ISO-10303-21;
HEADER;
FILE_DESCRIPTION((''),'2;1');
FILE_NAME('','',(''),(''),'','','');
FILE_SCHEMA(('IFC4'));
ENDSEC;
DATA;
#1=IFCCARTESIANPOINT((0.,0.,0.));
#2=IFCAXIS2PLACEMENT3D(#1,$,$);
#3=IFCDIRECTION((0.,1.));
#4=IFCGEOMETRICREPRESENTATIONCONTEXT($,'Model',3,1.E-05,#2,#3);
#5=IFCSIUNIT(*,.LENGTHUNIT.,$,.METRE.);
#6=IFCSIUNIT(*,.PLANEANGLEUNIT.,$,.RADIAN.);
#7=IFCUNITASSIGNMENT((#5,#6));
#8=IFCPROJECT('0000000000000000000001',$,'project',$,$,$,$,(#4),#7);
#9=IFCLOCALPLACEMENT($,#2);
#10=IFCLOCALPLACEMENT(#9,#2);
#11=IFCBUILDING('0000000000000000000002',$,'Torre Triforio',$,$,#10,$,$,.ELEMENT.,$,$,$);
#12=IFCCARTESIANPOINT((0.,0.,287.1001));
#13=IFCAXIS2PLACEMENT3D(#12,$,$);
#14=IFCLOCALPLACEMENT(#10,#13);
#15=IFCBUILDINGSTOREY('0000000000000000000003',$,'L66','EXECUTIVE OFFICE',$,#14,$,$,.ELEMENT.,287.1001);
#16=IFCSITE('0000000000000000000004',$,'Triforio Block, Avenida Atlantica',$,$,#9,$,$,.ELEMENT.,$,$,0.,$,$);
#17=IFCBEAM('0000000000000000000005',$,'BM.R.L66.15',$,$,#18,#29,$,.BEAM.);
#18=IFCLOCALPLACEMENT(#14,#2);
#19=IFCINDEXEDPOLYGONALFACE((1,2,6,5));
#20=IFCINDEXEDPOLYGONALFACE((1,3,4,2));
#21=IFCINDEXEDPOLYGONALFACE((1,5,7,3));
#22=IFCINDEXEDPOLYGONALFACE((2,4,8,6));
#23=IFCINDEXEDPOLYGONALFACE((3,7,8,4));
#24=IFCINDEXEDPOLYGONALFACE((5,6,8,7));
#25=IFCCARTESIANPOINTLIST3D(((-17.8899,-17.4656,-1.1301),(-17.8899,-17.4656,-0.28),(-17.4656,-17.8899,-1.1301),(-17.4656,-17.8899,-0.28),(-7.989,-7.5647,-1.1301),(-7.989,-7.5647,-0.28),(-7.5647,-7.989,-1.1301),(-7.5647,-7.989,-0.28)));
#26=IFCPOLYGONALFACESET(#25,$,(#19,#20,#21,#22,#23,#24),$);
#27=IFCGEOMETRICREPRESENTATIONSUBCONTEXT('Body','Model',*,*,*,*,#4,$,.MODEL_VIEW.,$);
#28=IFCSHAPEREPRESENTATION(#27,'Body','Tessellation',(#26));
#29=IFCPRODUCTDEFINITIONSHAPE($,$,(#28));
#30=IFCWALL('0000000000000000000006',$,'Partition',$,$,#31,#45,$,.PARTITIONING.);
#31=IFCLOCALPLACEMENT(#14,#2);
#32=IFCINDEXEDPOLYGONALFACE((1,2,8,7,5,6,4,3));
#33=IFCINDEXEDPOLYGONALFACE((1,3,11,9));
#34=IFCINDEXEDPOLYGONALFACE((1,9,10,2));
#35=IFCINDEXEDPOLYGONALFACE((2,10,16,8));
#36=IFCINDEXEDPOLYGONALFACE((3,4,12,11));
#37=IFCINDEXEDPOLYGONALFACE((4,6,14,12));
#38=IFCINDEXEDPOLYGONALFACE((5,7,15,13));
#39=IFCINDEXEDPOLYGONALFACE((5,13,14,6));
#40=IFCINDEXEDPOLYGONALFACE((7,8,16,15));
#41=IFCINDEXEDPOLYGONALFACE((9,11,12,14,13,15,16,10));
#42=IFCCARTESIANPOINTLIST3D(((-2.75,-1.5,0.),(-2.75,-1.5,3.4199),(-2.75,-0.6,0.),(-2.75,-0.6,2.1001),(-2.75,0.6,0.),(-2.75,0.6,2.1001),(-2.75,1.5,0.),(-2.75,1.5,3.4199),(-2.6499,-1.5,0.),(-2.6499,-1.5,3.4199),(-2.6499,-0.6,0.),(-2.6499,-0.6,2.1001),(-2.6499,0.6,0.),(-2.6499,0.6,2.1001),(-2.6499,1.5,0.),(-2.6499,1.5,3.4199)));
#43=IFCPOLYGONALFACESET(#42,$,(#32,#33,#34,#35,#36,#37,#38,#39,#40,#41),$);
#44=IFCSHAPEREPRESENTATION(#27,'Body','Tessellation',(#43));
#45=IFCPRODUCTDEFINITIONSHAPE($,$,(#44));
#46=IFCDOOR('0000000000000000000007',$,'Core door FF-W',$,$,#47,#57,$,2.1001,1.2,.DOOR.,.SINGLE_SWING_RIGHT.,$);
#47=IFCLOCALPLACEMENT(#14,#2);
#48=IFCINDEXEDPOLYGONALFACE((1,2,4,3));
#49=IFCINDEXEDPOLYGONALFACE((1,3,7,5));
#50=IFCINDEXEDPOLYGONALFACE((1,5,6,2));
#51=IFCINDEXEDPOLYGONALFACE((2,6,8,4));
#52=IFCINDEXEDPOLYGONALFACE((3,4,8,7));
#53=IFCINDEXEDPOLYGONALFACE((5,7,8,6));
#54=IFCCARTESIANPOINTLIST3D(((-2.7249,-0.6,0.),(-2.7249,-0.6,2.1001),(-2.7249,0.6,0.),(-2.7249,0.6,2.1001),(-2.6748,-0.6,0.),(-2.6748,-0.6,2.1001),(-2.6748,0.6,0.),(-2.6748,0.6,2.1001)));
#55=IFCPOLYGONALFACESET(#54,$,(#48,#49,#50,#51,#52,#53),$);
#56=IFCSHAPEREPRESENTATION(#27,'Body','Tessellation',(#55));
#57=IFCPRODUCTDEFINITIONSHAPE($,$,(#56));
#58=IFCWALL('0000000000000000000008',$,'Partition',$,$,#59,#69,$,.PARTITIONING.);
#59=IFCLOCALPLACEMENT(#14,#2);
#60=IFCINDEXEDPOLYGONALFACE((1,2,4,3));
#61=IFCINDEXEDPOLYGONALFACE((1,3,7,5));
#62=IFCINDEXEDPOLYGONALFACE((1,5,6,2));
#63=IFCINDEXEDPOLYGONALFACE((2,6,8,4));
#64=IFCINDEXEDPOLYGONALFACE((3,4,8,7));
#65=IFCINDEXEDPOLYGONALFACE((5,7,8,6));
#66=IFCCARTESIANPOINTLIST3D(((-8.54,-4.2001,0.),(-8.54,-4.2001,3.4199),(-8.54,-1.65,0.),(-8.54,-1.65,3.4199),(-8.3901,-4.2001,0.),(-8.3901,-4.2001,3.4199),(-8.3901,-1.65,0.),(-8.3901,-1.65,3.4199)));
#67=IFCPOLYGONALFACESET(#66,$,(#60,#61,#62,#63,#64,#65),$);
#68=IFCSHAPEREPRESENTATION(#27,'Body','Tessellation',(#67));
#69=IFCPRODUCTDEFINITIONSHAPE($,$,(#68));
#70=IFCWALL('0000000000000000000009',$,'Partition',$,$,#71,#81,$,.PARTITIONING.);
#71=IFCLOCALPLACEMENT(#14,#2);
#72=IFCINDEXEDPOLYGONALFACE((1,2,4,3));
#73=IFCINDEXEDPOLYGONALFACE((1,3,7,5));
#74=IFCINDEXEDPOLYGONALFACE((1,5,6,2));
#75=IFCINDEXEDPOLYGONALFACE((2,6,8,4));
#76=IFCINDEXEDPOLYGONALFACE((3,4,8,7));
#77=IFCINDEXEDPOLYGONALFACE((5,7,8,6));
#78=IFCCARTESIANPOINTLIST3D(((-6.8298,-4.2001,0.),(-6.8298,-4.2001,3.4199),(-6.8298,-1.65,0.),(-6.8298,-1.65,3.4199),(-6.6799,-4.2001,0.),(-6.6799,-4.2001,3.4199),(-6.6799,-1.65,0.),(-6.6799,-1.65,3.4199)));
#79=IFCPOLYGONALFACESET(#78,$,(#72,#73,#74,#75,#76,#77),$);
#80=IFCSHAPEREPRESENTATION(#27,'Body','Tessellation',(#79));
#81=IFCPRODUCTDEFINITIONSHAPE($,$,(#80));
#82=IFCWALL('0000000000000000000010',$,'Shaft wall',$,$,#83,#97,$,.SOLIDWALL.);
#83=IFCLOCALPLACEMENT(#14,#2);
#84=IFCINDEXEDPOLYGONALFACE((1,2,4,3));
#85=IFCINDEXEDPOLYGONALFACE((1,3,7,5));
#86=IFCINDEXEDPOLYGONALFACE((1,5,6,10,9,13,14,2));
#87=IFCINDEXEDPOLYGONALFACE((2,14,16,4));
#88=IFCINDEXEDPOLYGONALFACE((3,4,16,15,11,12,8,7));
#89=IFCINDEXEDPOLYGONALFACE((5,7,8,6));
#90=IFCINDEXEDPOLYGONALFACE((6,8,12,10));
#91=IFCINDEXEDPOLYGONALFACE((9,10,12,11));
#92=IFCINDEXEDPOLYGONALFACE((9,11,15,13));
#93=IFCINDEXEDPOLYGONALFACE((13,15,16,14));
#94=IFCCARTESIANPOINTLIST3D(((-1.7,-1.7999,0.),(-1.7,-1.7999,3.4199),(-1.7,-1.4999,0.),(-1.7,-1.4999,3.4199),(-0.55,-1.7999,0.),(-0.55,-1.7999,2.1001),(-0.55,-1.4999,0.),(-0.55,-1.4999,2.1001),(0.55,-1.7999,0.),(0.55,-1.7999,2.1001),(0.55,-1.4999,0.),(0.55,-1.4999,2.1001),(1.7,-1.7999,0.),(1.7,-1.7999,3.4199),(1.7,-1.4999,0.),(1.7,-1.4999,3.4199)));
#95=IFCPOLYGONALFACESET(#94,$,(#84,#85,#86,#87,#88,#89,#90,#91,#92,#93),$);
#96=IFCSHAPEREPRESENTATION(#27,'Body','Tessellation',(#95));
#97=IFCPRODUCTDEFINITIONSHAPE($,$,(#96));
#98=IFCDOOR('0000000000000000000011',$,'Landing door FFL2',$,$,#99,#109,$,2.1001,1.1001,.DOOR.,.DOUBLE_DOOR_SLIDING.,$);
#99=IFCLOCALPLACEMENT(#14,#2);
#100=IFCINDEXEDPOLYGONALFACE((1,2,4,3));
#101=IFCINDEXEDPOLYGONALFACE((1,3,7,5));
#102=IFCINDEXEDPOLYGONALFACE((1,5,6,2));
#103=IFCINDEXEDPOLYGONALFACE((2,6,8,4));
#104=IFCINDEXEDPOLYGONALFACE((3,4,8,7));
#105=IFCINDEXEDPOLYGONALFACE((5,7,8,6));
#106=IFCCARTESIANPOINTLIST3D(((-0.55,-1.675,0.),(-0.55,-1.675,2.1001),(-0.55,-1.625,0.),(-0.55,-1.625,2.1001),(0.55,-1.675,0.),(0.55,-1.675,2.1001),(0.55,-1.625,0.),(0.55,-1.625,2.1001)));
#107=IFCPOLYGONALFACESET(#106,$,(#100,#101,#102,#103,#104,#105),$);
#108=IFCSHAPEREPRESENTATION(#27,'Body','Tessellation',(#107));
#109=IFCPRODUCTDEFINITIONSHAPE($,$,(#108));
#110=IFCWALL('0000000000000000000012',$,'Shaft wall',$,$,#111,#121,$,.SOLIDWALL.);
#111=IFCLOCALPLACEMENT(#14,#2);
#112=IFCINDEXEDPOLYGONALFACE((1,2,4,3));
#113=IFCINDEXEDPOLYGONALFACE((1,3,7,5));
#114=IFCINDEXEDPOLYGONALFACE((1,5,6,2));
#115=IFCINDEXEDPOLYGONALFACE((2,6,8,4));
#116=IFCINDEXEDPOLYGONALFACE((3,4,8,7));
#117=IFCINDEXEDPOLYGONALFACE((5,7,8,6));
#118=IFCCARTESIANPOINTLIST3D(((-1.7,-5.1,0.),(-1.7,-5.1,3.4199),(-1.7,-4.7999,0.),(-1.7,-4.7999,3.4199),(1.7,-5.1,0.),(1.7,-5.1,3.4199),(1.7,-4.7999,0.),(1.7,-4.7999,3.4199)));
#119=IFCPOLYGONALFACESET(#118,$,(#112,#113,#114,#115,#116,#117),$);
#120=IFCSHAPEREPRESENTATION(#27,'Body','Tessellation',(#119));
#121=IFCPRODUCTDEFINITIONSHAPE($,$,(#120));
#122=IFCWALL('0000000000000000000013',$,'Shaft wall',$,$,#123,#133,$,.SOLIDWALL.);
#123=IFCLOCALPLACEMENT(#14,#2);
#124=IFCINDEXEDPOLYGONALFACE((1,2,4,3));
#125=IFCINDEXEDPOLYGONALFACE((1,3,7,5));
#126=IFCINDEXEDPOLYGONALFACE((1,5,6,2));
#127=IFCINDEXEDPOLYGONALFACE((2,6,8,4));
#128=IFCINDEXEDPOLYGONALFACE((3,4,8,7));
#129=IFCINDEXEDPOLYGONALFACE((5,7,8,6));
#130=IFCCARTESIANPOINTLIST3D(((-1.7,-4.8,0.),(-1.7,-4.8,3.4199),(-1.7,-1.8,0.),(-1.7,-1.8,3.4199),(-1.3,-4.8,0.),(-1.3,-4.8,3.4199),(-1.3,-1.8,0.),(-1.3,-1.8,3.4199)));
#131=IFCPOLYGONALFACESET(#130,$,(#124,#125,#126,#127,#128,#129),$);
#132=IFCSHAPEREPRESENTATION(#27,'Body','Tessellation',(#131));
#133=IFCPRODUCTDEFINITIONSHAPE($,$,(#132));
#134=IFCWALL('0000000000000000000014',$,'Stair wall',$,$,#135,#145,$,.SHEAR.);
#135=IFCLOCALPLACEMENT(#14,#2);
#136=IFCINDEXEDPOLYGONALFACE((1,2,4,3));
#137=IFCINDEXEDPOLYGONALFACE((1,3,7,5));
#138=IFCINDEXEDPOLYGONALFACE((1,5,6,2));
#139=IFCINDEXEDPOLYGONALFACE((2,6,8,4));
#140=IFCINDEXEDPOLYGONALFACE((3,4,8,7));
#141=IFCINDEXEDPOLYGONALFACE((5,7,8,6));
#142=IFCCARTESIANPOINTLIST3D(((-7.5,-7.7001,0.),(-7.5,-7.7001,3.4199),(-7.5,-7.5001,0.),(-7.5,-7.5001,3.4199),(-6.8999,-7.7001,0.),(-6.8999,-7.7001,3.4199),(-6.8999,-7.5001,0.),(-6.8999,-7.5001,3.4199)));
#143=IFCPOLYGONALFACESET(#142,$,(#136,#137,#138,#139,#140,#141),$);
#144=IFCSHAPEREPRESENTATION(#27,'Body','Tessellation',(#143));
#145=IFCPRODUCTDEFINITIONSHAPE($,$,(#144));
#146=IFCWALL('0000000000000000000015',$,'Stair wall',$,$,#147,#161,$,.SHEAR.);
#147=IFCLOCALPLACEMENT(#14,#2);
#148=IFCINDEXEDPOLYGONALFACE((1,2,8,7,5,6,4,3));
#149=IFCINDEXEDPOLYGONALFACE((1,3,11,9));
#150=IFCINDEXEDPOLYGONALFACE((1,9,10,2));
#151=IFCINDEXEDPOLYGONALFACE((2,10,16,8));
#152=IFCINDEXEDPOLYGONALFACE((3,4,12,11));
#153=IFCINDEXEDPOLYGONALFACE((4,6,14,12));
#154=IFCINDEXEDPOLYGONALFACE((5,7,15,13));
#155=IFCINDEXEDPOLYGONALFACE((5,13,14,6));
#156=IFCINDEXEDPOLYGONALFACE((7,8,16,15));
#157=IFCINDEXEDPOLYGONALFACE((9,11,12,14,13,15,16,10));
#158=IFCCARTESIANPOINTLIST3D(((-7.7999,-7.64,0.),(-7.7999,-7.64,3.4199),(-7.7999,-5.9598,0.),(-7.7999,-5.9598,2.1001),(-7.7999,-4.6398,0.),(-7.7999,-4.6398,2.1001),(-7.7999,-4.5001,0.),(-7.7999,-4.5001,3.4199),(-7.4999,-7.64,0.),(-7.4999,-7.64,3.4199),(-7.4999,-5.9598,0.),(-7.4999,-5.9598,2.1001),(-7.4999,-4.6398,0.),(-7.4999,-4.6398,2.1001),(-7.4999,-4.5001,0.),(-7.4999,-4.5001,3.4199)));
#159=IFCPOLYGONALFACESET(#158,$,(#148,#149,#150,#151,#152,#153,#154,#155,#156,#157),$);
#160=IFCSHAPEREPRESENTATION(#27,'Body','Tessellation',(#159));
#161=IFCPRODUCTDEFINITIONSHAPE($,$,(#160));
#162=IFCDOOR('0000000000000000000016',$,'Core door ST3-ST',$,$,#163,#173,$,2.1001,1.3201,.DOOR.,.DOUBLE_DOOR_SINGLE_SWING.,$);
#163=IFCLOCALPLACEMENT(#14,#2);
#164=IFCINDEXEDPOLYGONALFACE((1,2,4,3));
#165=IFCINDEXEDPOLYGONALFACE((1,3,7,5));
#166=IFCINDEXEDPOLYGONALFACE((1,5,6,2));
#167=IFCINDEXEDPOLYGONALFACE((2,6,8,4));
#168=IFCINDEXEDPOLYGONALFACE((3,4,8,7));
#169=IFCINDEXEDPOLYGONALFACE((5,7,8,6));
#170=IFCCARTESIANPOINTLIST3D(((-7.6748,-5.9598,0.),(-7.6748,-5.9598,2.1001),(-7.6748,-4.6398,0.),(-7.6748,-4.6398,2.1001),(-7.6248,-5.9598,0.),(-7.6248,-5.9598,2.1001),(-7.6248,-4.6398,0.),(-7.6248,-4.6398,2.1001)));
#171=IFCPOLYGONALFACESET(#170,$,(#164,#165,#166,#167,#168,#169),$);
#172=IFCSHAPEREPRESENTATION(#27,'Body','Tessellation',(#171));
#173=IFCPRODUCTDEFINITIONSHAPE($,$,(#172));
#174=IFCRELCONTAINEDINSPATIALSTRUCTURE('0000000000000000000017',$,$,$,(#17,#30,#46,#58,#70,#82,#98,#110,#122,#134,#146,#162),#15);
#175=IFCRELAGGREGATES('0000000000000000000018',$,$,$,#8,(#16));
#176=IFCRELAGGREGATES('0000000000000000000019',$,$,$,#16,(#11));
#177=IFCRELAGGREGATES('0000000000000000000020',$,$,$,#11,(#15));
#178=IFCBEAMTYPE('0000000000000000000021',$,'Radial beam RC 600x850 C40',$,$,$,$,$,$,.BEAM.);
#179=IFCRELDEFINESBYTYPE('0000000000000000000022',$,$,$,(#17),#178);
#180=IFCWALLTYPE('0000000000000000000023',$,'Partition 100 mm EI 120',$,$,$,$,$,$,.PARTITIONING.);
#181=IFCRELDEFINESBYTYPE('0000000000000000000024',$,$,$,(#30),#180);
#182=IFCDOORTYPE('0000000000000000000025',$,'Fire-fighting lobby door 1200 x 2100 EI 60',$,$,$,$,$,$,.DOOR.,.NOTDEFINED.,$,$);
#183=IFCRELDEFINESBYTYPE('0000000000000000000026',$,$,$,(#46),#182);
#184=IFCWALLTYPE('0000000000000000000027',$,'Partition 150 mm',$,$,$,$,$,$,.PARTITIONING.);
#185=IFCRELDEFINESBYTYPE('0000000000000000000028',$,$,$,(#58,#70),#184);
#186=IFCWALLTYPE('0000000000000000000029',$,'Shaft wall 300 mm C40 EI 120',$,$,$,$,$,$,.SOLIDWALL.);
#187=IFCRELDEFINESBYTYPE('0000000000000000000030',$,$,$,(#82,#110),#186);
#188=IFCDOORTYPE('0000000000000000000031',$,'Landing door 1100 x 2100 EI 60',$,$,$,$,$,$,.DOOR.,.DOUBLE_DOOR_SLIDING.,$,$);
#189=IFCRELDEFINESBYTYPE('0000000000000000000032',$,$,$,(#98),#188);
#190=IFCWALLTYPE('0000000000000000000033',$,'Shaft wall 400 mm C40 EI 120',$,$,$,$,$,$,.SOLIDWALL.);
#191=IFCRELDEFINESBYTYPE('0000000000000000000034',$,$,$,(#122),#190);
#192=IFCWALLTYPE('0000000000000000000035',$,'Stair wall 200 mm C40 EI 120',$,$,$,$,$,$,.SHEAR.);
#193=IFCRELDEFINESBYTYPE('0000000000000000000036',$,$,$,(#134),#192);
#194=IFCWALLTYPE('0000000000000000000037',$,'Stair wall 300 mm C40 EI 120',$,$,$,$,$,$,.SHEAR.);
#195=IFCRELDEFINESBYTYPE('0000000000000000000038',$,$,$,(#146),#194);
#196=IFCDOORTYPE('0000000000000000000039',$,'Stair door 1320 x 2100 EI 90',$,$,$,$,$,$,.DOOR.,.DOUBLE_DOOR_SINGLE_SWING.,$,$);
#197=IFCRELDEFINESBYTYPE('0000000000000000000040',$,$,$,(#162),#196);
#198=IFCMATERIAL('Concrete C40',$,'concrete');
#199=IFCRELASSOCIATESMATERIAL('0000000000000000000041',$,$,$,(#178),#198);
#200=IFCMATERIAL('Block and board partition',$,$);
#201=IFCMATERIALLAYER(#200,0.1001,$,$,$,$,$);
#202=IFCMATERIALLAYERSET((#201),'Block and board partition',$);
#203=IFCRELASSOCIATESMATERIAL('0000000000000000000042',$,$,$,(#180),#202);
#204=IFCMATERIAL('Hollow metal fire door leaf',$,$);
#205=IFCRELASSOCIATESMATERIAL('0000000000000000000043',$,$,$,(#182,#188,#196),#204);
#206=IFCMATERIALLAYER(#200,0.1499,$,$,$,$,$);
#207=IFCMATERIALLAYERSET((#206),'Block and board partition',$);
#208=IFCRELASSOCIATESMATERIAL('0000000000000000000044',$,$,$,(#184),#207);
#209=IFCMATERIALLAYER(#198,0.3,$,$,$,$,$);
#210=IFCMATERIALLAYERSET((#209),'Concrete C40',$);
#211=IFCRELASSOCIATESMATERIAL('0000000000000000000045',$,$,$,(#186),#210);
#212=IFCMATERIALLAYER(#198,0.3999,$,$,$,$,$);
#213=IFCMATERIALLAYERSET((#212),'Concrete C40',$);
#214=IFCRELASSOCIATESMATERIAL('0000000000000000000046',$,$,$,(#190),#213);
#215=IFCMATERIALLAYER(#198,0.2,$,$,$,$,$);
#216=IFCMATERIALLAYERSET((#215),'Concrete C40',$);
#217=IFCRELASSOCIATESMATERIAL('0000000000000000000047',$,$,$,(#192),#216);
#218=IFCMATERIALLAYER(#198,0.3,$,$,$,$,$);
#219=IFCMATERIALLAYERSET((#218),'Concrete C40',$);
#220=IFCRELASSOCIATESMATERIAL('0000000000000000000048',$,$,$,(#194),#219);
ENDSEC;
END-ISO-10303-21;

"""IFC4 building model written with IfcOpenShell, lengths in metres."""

from ifc_helpers import new_model, si_unit, direction, frame, frame_2d, origin, origin_2d, place, context, subcontext, project, spatial, rectangle, extrude, material, layer, layer_set, material_profile, profile_set, type_object, element, fill, save


model = new_model("IFC4")

# Units and contexts
model_context = context("Model", 3, precision=1e-05, world=origin(), true_north=direction((0.0, 1.0)))
body_context = subcontext(model_context, "Body", "Model", "MODEL_VIEW")
ifc_project = project(units=[si_unit("LENGTHUNIT", "METRE"), si_unit("PLANEANGLEUNIT", "RADIAN")], contexts=[model_context])

# Site, building, storey
site_placement = place(None, origin())
site = spatial("IfcSite", under=ifc_project, at=site_placement, Name="Triforio Block, Avenida Atlantica", CompositionType="ELEMENT", RefElevation=0.0)
building_placement = place(site_placement, origin())
building = spatial("IfcBuilding", under=site, at=building_placement, Name="Torre Triforio", CompositionType="ELEMENT")
storey_placement = place(building_placement, frame((0.0, 0.0, 287.1001)))
storey = spatial("IfcBuildingStorey", under=building, at=storey_placement, Name="L66", Description="EXECUTIVE OFFICE", CompositionType="ELEMENT", Elevation=287.1001)

# Beam
ifc_material_1 = material(Name="Concrete C40", Category="concrete")
ifc_material_profile = material_profile(ifc_material_1, rectangle(XDim=0.6001, YDim=0.8501, at=origin_2d()), Name="RC 600x850")
ifc_profile_set = profile_set([ifc_material_profile], Name="Concrete C40")
beam_type = type_object("IfcBeamType", Name="Radial beam RC 600x850 C40", PredefinedType="BEAM", material=ifc_profile_set)
beam_placement = place(storey_placement, frame((-7.7769, -7.7769, -0.7051), z_axis=(-0.707107, -0.707107, 0.0), x_axis=(0.707107, -0.707107, 0.0)))
element("IfcBeam", 1, at=beam_placement, inside=storey, type_object=beam_type, Name="BM.R.L66.15", PredefinedType="BEAM", context=body_context, shape_type="SweptSolid", body=[
    extrude(rectangle(XDim=0.6001, YDim=0.8501, at=origin_2d()), origin(), (0.0, 0.0, 1.0), 14.002),
])

# Wall, opening, door
ifc_material_2 = material(Name="Block and board partition")
ifc_layer_1 = layer(ifc_material_2, 0.1001)
ifc_layer_set_1 = layer_set([ifc_layer_1], Name="Block and board partition")
wall_type_1 = type_object("IfcWallType", Name="Partition 100 mm EI 120", PredefinedType="PARTITIONING", material=ifc_layer_set_1)
wall_1_placement = place(storey_placement, frame((-2.7, -1.5, 0.0), z_axis=(0.0, 0.0, 1.0), x_axis=(0.0, 1.0, 0.0)))
wall_1 = element("IfcWall", 2, at=wall_1_placement, inside=storey, type_object=wall_type_1, Name="Partition", PredefinedType="PARTITIONING", context=body_context, shape_type="SweptSolid", body=[
    extrude(rectangle(XDim=3.0, YDim=0.1001, at=frame_2d((1.5, 0.0))), origin(), (0.0, 0.0, 1.0), 3.4199),
])
opening_1_placement = place(wall_1_placement, frame((0.8999, 0.0, 0.0)))
opening_1 = element("IfcOpeningElement", 3, at=opening_1_placement, cuts=wall_1, PredefinedType="OPENING", context=body_context, shape_type="SweptSolid", body=[
    extrude(rectangle(XDim=1.2, YDim=2.1001, at=frame_2d((0.6001, 1.05))), frame((0.0, 0.0601, 0.0), z_axis=(0.0, -1.0, 0.0), x_axis=(1.0, 0.0, 0.0)), (0.0, 0.0, 1.0), 0.1201),
])
ifc_material_3 = material(Name="Hollow metal fire door leaf")
door_type_1 = type_object("IfcDoorType", Name="Fire-fighting lobby door 1200 x 2100 EI 60", OperationType="NOTDEFINED", PredefinedType="DOOR", material=ifc_material_3)
door_1_placement = place(opening_1_placement, origin())
door_1 = element("IfcDoor", 4, at=door_1_placement, inside=storey, type_object=door_type_1, Name="Core door FF-W", OperationType="SINGLE_SWING_RIGHT", OverallHeight=2.1001, OverallWidth=1.2, PredefinedType="DOOR", context=body_context, shape_type="SweptSolid", body=[
    extrude(rectangle(XDim=1.2, YDim=2.1001, at=frame_2d((0.6001, 1.05))), frame((0.0, 0.0249, 0.0), z_axis=(0.0, -1.0, 0.0), x_axis=(1.0, 0.0, 0.0)), (0.0, 0.0, 1.0), 0.05),
])
fill(opening_1, door_1)

# Walls
ifc_layer_2 = layer(ifc_material_2, 0.1499)
ifc_layer_set_2 = layer_set([ifc_layer_2], Name="Block and board partition")
wall_type_2 = type_object("IfcWallType", Name="Partition 150 mm", PredefinedType="PARTITIONING", material=ifc_layer_set_2)
for number, where, z_axis, x_axis, name in (
    (5, (-8.4651, -4.2, 0.0), (0.0, 0.0, 1.0), (0.0, 1.0, 0.0), "Partition"),
    (6, (-6.7549, -4.2, 0.0), (0.0, 0.0, 1.0), (0.0, 1.0, 0.0), "Partition"),
):
    element("IfcWall", number, at=place(storey_placement, frame(where, z_axis=z_axis, x_axis=x_axis)), inside=storey, type_object=wall_type_2, Name=name, PredefinedType="PARTITIONING", context=body_context, shape_type="SweptSolid", body=[
        extrude(rectangle(XDim=2.55, YDim=0.1499, at=frame_2d((1.2749, 0.0))), origin(), (0.0, 0.0, 1.0), 3.4199),
    ])

# Wall, opening, door
ifc_layer_3 = layer(ifc_material_1, 0.3)
ifc_layer_set_3 = layer_set([ifc_layer_3], Name="Concrete C40")
wall_type_3 = type_object("IfcWallType", Name="Shaft wall 300 mm C40 EI 120", PredefinedType="SOLIDWALL", material=ifc_layer_set_3)
wall_2_placement = place(storey_placement, frame((-1.7, -1.6499, 0.0), z_axis=(0.0, 0.0, 1.0), x_axis=(1.0, 0.0, 0.0)))
wall_2 = element("IfcWall", 7, at=wall_2_placement, inside=storey, type_object=wall_type_3, Name="Shaft wall", PredefinedType="SOLIDWALL", context=body_context, shape_type="SweptSolid", body=[
    extrude(rectangle(XDim=3.3999, YDim=0.3, at=frame_2d((1.7, 0.0))), origin(), (0.0, 0.0, 1.0), 3.4199),
])
opening_2_placement = place(wall_2_placement, frame((1.1499, 0.0, 0.0)))
opening_2 = element("IfcOpeningElement", 8, at=opening_2_placement, cuts=wall_2, PredefinedType="OPENING", context=body_context, shape_type="SweptSolid", body=[
    extrude(rectangle(XDim=1.1001, YDim=2.1001, at=frame_2d((0.55, 1.05))), frame((0.0, 0.1599, 0.0), z_axis=(0.0, -1.0, 0.0), x_axis=(1.0, 0.0, 0.0)), (0.0, 0.0, 1.0), 0.3201),
])
door_type_2 = type_object("IfcDoorType", Name="Landing door 1100 x 2100 EI 60", OperationType="DOUBLE_DOOR_SLIDING", PredefinedType="DOOR", material=ifc_material_3)
door_2_placement = place(opening_2_placement, origin())
door_2 = element("IfcDoor", 9, at=door_2_placement, inside=storey, type_object=door_type_2, Name="Landing door FFL2", OperationType="DOUBLE_DOOR_SLIDING", OverallHeight=2.1001, OverallWidth=1.1001, PredefinedType="DOOR", context=body_context, shape_type="SweptSolid", body=[
    extrude(rectangle(XDim=1.1001, YDim=2.1001, at=frame_2d((0.55, 1.05))), frame((0.0, 0.0249, 0.0), z_axis=(0.0, -1.0, 0.0), x_axis=(1.0, 0.0, 0.0)), (0.0, 0.0, 1.0), 0.05),
])
fill(opening_2, door_2)

# Walls
wall_3_placement = place(storey_placement, frame((-1.7, -4.95, 0.0), z_axis=(0.0, 0.0, 1.0), x_axis=(1.0, 0.0, 0.0)))
element("IfcWall", 10, at=wall_3_placement, inside=storey, type_object=wall_type_3, Name="Shaft wall", PredefinedType="SOLIDWALL", context=body_context, shape_type="SweptSolid", body=[
    extrude(rectangle(XDim=3.3999, YDim=0.3, at=frame_2d((1.7, 0.0))), origin(), (0.0, 0.0, 1.0), 3.4199),
])
ifc_layer_4 = layer(ifc_material_1, 0.3999)
ifc_layer_set_4 = layer_set([ifc_layer_4], Name="Concrete C40")
wall_type_4 = type_object("IfcWallType", Name="Shaft wall 400 mm C40 EI 120", PredefinedType="SOLIDWALL", material=ifc_layer_set_4)
wall_4_placement = place(storey_placement, frame((-1.5, -4.8, 0.0), z_axis=(0.0, 0.0, 1.0), x_axis=(0.0, 1.0, 0.0)))
element("IfcWall", 11, at=wall_4_placement, inside=storey, type_object=wall_type_4, Name="Shaft wall", PredefinedType="SOLIDWALL", context=body_context, shape_type="SweptSolid", body=[
    extrude(rectangle(XDim=3.0, YDim=0.3999, at=frame_2d((1.5, 0.0))), origin(), (0.0, 0.0, 1.0), 3.4199),
])
ifc_layer_5 = layer(ifc_material_1, 0.2)
ifc_layer_set_5 = layer_set([ifc_layer_5], Name="Concrete C40")
wall_type_5 = type_object("IfcWallType", Name="Stair wall 200 mm C40 EI 120", PredefinedType="SHEAR", material=ifc_layer_set_5)
wall_5_placement = place(storey_placement, frame((-7.5, -7.6001, 0.0), z_axis=(0.0, 0.0, 1.0), x_axis=(1.0, 0.0, 0.0)))
element("IfcWall", 12, at=wall_5_placement, inside=storey, type_object=wall_type_5, Name="Stair wall", PredefinedType="SHEAR", context=body_context, shape_type="SweptSolid", body=[
    extrude(rectangle(XDim=0.6001, YDim=0.2, at=frame_2d((0.3, 0.0))), origin(), (0.0, 0.0, 1.0), 3.4199),
])

# Wall, opening, door
ifc_layer_6 = layer(ifc_material_1, 0.3)
ifc_layer_set_6 = layer_set([ifc_layer_6], Name="Concrete C40")
wall_type_6 = type_object("IfcWallType", Name="Stair wall 300 mm C40 EI 120", PredefinedType="SHEAR", material=ifc_layer_set_6)
wall_6_placement = place(storey_placement, frame((-7.6499, -7.6399, 0.0), z_axis=(0.0, 0.0, 1.0), x_axis=(0.0, 1.0, 0.0)))
wall_6 = element("IfcWall", 13, at=wall_6_placement, inside=storey, type_object=wall_type_6, Name="Stair wall", PredefinedType="SHEAR", context=body_context, shape_type="SweptSolid", body=[
    extrude(rectangle(XDim=3.1399, YDim=0.3, at=frame_2d((1.5698, 0.0))), origin(), (0.0, 0.0, 1.0), 3.4199),
])
opening_3_placement = place(wall_6_placement, frame((1.6799, 0.0, 0.0)))
opening_3 = element("IfcOpeningElement", 14, at=opening_3_placement, cuts=wall_6, PredefinedType="OPENING", context=body_context, shape_type="SweptSolid", body=[
    extrude(rectangle(XDim=1.3201, YDim=2.1001, at=frame_2d((0.6602, 1.05))), frame((0.0, 0.1599, 0.0), z_axis=(0.0, -1.0, 0.0), x_axis=(1.0, 0.0, 0.0)), (0.0, 0.0, 1.0), 0.3201),
])
door_type_3 = type_object("IfcDoorType", Name="Stair door 1320 x 2100 EI 90", OperationType="DOUBLE_DOOR_SINGLE_SWING", PredefinedType="DOOR", material=ifc_material_3)
door_3_placement = place(opening_3_placement, origin())
door_3 = element("IfcDoor", 15, at=door_3_placement, inside=storey, type_object=door_type_3, Name="Core door ST3-ST", OperationType="DOUBLE_DOOR_SINGLE_SWING", OverallHeight=2.1001, OverallWidth=1.3201, PredefinedType="DOOR", context=body_context, shape_type="SweptSolid", body=[
    extrude(rectangle(XDim=1.3201, YDim=2.1001, at=frame_2d((0.6602, 1.05))), frame((0.0, 0.0249, 0.0), z_axis=(0.0, -1.0, 0.0), x_axis=(1.0, 0.0, 0.0)), (0.0, 0.0, 1.0), 0.05),
])
fill(opening_3, door_3)

save(model, "model.ifc")
